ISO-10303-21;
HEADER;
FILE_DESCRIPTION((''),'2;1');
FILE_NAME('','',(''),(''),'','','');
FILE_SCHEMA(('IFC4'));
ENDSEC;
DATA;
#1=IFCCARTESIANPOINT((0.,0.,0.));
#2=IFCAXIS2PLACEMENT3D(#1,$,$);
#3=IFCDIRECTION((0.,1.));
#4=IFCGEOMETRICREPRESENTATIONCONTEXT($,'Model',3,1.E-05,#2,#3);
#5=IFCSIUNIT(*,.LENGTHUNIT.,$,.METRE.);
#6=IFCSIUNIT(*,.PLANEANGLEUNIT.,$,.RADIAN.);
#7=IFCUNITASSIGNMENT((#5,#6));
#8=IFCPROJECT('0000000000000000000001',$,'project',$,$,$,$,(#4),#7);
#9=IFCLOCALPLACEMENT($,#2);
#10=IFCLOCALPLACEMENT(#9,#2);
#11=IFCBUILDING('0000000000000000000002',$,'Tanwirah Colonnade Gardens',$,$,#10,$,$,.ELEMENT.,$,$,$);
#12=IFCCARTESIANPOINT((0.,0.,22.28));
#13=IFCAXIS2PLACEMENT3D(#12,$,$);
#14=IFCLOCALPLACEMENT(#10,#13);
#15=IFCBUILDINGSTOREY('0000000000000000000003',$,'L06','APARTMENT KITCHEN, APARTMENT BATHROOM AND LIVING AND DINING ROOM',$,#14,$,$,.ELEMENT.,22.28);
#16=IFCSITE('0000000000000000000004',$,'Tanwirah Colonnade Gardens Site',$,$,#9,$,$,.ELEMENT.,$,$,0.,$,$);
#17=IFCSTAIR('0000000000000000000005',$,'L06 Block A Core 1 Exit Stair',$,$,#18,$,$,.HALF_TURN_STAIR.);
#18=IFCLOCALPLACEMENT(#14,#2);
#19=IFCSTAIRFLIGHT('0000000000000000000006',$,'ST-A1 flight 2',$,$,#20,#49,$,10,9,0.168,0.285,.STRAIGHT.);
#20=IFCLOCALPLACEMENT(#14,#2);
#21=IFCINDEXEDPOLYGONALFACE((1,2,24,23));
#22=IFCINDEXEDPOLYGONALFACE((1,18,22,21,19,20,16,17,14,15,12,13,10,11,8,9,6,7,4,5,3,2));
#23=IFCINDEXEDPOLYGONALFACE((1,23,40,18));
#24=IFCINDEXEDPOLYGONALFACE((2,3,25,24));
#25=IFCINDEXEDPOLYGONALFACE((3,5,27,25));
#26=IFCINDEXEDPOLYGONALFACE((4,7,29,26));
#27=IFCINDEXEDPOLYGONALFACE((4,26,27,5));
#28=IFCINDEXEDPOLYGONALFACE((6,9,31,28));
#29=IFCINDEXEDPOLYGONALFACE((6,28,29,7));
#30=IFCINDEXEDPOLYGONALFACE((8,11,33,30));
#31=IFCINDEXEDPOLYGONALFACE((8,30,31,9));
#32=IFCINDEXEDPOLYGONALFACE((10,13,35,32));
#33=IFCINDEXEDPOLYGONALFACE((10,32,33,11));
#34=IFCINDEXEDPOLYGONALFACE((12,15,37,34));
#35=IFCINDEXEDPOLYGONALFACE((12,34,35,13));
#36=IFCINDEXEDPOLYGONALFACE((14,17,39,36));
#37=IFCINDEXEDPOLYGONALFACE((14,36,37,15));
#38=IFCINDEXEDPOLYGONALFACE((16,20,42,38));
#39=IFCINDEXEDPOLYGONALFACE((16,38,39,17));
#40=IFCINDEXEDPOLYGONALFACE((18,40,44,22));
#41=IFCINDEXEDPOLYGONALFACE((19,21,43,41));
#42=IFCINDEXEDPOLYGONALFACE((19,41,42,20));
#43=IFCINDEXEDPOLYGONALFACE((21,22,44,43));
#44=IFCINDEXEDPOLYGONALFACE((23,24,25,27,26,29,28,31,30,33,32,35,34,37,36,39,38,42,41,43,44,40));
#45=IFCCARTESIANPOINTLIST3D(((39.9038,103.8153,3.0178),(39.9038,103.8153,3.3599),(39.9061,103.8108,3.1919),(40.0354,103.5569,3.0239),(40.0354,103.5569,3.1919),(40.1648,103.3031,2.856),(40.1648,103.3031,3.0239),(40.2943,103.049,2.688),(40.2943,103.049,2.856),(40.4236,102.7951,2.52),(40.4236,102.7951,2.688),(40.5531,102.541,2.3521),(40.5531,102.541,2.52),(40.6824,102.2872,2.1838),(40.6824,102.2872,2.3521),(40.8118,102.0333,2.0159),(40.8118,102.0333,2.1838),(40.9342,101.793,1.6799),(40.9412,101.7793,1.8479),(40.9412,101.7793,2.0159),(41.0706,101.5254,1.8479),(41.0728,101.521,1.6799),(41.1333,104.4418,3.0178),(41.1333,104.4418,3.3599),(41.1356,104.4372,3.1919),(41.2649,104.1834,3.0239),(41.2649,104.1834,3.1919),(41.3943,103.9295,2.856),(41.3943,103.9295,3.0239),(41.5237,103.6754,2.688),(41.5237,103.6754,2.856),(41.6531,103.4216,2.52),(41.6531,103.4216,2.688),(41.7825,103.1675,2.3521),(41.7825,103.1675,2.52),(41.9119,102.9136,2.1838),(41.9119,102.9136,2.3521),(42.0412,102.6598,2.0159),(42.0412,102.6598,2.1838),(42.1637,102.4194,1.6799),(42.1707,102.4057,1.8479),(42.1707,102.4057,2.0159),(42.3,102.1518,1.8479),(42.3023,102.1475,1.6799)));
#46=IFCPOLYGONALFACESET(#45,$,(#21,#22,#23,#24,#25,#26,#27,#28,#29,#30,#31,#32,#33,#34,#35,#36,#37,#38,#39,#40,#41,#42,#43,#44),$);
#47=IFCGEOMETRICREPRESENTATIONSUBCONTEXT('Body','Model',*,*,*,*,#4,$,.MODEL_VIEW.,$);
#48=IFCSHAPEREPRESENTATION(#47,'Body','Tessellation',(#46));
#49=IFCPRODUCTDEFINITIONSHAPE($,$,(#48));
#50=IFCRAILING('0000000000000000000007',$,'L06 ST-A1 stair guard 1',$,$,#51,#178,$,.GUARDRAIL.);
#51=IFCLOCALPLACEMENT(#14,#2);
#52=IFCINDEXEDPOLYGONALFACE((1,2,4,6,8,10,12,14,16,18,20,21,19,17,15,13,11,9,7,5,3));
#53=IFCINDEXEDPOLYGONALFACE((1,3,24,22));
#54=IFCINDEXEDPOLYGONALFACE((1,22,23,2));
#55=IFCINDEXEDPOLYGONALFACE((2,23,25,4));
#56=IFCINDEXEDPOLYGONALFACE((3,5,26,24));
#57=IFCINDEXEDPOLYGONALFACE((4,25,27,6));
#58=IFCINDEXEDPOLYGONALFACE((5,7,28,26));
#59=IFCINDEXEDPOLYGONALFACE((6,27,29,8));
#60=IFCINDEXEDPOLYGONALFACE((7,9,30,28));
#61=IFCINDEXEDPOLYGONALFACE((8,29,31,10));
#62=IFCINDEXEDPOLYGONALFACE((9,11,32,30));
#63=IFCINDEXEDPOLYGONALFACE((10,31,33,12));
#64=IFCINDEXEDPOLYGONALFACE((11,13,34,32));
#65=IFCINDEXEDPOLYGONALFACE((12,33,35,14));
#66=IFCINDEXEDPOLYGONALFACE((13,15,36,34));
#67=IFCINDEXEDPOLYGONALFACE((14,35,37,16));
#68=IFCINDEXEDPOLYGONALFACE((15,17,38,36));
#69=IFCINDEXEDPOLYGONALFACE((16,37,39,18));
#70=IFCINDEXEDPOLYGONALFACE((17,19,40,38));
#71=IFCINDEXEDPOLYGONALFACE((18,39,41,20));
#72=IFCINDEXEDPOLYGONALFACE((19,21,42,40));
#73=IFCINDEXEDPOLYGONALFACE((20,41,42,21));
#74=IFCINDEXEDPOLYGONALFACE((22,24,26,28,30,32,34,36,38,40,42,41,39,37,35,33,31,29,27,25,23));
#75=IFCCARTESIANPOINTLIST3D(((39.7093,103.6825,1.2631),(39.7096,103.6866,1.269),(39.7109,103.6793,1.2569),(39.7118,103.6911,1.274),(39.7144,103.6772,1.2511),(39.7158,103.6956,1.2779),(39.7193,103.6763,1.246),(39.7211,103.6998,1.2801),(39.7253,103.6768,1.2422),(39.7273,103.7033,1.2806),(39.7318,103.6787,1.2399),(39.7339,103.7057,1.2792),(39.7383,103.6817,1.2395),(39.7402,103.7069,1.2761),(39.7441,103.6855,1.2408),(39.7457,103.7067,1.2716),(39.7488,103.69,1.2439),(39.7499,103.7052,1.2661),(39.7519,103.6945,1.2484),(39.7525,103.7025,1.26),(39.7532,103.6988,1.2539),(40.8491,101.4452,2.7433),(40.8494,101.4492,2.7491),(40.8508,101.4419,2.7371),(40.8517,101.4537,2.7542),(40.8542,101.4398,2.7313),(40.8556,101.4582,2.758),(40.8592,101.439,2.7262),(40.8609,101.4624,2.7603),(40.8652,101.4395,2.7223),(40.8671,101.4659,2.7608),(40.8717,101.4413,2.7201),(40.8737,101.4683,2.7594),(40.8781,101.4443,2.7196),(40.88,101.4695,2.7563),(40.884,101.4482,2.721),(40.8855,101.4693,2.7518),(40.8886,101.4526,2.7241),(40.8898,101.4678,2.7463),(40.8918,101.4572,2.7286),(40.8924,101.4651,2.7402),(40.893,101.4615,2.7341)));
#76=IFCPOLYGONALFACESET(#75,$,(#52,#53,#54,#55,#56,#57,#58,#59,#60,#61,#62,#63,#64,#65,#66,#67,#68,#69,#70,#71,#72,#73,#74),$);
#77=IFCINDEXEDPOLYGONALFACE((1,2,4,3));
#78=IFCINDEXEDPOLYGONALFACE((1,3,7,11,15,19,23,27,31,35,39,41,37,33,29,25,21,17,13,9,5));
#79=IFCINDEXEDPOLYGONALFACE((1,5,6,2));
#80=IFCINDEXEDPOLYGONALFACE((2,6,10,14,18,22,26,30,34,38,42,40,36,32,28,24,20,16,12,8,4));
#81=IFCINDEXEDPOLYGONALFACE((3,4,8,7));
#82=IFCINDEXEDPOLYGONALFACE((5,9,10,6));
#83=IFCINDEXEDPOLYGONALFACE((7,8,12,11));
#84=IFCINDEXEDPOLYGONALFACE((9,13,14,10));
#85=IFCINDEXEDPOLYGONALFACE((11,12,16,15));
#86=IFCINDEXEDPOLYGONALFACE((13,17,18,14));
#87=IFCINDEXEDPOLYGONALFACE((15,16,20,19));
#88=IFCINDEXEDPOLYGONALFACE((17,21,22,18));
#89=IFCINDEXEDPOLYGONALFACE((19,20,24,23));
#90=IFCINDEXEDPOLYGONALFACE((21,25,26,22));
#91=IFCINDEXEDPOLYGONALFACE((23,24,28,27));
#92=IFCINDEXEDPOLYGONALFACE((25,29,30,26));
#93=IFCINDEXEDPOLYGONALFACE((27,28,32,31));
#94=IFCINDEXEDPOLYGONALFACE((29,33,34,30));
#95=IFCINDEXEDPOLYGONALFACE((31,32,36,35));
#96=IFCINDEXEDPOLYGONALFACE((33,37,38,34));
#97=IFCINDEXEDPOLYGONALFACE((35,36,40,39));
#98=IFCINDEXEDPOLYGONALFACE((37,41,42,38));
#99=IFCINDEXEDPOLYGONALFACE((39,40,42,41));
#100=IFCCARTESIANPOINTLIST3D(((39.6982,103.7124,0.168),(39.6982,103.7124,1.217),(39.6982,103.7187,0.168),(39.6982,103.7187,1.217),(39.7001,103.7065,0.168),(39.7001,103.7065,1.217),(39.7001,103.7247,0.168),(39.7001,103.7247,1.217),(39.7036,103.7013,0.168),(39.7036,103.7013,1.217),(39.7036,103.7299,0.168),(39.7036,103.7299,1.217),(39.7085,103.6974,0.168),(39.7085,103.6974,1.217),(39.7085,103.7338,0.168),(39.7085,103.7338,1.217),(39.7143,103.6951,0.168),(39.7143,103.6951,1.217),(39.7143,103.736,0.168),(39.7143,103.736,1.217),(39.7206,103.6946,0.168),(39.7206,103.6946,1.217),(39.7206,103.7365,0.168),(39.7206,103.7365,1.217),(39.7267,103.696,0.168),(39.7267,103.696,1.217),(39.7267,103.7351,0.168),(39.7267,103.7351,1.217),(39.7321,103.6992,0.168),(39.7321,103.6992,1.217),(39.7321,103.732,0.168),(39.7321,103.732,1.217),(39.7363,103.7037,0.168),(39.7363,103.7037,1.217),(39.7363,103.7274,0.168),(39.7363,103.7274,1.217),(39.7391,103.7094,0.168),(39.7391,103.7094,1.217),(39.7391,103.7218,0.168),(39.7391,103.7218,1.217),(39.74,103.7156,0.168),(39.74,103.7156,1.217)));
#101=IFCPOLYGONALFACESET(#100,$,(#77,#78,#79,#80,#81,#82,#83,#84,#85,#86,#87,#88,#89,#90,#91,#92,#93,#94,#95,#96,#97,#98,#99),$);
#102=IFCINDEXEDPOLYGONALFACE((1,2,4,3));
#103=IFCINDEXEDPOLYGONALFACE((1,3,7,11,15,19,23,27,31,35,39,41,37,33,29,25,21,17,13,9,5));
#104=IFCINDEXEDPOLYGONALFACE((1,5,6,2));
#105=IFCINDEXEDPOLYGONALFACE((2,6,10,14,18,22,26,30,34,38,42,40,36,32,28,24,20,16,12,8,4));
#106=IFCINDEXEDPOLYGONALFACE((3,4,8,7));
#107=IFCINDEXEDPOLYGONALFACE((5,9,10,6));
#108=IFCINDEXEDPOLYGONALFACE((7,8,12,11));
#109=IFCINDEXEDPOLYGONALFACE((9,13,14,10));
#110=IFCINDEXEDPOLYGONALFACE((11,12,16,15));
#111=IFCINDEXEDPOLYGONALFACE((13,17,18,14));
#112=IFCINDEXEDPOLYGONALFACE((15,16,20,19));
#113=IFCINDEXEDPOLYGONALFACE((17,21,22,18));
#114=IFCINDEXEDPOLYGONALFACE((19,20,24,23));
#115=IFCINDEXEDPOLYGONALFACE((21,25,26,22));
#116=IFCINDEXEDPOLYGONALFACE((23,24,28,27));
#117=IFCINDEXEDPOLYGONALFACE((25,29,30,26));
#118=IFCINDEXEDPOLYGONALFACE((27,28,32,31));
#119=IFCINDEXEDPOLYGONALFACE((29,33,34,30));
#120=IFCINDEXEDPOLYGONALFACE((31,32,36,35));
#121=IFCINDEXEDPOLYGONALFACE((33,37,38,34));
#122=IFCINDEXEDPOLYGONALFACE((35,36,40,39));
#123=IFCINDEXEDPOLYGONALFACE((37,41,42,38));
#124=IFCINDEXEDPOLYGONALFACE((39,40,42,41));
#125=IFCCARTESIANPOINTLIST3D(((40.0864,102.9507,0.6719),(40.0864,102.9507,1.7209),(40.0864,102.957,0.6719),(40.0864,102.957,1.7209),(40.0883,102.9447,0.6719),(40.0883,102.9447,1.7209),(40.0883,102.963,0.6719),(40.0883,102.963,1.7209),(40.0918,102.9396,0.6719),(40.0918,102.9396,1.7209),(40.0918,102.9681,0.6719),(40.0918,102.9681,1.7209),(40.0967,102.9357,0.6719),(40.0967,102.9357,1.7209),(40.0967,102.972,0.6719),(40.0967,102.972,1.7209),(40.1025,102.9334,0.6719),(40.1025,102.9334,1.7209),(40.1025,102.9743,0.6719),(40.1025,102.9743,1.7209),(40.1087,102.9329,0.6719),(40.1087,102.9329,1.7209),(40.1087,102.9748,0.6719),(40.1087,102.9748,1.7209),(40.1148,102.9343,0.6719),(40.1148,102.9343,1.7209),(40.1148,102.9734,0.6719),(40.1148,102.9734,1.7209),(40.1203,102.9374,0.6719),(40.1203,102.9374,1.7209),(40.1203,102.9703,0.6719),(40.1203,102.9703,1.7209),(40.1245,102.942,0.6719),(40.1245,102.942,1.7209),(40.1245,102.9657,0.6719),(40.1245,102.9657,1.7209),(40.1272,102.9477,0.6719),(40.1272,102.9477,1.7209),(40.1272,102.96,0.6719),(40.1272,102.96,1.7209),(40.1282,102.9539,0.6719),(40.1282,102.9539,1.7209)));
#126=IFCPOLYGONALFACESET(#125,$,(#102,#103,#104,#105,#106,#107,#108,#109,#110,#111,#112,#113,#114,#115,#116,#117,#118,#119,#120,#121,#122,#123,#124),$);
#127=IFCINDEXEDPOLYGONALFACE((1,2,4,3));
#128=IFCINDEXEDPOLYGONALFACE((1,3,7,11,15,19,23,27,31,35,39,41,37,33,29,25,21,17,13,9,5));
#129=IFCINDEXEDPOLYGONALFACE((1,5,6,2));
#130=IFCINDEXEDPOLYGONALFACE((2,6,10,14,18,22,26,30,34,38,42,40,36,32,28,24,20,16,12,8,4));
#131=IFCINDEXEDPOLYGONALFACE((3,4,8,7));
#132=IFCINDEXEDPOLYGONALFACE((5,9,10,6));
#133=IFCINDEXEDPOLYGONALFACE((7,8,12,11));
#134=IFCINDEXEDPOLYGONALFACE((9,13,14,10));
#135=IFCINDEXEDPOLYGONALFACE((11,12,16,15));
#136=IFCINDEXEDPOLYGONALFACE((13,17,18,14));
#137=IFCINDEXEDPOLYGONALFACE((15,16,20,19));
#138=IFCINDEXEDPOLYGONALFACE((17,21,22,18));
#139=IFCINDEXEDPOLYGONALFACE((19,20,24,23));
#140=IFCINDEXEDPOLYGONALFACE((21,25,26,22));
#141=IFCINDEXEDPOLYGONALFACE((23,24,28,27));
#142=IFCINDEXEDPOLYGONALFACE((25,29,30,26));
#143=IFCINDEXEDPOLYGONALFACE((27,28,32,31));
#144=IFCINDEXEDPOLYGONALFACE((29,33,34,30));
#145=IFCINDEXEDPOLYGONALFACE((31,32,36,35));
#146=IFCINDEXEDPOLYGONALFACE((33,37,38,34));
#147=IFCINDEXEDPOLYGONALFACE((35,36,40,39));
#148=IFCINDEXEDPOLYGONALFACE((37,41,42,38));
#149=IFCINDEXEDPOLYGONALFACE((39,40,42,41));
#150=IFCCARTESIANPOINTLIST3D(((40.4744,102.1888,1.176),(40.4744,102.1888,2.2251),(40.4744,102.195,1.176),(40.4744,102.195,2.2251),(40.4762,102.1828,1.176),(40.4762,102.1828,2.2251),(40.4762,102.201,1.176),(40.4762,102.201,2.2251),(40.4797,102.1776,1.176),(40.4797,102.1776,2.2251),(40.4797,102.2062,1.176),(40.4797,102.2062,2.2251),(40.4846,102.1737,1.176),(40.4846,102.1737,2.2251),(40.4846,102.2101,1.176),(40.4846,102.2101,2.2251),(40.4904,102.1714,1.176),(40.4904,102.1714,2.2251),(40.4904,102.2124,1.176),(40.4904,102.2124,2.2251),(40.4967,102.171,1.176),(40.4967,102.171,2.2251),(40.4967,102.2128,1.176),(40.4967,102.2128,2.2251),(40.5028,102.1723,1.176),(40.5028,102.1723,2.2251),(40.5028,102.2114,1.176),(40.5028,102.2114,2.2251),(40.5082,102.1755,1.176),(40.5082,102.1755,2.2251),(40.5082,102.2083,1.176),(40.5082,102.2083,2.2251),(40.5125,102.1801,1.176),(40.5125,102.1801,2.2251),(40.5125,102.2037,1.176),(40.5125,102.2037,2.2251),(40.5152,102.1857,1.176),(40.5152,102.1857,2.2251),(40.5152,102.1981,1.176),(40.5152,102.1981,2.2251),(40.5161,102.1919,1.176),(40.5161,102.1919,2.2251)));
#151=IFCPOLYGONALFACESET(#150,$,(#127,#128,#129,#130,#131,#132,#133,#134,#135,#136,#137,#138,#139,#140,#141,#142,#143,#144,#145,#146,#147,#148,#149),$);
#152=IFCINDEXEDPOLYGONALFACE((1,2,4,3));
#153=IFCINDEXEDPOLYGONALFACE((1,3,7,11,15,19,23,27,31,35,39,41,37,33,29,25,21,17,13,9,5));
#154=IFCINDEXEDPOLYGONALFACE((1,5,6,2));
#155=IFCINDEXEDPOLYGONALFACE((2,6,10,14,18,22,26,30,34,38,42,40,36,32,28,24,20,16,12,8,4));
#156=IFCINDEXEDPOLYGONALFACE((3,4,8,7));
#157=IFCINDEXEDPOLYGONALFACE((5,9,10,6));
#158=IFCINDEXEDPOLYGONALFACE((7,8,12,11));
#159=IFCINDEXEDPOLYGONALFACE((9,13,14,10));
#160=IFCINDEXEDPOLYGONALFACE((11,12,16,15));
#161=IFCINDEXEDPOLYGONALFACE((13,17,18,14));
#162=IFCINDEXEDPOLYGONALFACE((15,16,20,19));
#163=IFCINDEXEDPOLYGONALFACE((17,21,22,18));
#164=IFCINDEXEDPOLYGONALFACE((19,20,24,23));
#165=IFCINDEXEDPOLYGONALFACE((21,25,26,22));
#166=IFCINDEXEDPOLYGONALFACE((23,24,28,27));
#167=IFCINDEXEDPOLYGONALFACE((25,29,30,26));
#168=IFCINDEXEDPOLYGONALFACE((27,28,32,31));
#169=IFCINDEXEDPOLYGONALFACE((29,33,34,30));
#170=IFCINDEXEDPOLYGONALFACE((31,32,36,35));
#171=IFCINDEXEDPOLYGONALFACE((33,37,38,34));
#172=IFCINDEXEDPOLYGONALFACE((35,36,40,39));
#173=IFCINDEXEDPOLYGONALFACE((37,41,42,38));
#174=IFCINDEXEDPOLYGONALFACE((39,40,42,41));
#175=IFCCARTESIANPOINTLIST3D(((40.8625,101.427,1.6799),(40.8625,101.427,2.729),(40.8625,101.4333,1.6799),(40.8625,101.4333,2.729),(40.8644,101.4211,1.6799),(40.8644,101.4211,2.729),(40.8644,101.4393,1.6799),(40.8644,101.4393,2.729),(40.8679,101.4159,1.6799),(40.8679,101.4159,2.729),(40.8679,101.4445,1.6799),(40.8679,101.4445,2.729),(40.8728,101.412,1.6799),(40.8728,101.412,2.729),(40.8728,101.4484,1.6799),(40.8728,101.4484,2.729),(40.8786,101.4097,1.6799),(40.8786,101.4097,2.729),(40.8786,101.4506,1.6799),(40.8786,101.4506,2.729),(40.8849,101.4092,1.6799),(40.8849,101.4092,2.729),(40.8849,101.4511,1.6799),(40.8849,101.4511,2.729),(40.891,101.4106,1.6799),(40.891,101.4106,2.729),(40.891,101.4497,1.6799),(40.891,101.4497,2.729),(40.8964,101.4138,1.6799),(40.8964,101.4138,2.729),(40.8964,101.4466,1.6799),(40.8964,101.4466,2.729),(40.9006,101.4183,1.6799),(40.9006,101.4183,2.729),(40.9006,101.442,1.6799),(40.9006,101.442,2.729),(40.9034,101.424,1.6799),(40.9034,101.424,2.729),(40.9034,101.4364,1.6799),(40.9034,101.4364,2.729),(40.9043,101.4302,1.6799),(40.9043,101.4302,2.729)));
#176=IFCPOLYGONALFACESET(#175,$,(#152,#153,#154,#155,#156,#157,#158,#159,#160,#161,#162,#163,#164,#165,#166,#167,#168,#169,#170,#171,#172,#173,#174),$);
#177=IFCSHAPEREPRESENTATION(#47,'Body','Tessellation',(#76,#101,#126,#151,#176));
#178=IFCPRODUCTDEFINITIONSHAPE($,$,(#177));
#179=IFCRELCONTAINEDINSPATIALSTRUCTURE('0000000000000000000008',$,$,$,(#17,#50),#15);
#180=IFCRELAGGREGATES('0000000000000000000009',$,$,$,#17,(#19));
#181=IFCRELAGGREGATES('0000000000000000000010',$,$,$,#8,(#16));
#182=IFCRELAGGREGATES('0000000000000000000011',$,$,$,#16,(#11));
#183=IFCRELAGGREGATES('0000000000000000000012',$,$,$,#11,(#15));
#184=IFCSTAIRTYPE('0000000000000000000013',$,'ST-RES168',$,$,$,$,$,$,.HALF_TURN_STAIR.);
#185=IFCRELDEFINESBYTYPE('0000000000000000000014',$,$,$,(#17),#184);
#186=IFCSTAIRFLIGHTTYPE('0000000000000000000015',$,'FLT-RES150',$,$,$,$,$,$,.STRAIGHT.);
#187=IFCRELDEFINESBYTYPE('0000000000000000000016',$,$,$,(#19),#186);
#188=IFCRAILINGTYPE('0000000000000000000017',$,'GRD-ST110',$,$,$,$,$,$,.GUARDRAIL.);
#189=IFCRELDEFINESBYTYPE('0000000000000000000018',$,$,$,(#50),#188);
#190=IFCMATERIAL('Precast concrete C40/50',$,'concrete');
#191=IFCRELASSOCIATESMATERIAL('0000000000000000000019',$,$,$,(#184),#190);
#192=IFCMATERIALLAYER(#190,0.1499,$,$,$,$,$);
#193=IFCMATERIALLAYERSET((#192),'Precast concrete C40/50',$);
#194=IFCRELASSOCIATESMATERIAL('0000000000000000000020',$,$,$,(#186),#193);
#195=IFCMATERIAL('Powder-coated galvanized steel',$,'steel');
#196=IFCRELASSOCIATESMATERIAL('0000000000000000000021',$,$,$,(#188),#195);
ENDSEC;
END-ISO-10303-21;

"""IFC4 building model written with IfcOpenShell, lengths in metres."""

from ifc_helpers import new_model, si_unit, direction, frame, origin, origin_2d, place, context, subcontext, project, spatial, polyline, circle, outline, extrude, material, layer, layer_set, type_object, element, aggregate, save


model = new_model("IFC4")

# Units and contexts
model_context = context("Model", 3, precision=1e-05, world=origin(), true_north=direction((0.0, 1.0)))
body_context = subcontext(model_context, "Body", "Model", "MODEL_VIEW")
ifc_project = project(units=[si_unit("LENGTHUNIT", "METRE"), si_unit("PLANEANGLEUNIT", "RADIAN")], contexts=[model_context])

# Site, building, storey
site_placement = place(None, origin())
site = spatial("IfcSite", under=ifc_project, at=site_placement, Name="Tanwirah Colonnade Gardens Site", CompositionType="ELEMENT", RefElevation=0.0)
building_placement = place(site_placement, origin())
building = spatial("IfcBuilding", under=site, at=building_placement, Name="Tanwirah Colonnade Gardens", CompositionType="ELEMENT")
storey_placement = place(building_placement, frame((0.0, 0.0, 22.28)))
storey = spatial("IfcBuildingStorey", under=building, at=storey_placement, Name="L06", Description="APARTMENT KITCHEN, APARTMENT BATHROOM AND LIVING AND DINING ROOM", CompositionType="ELEMENT", Elevation=22.28)

# Shared definitions
ifc_material_1 = material(Name="Precast concrete C40/50", Category="concrete")

# Stair, stair flight
stair_type = type_object("IfcStairType", Name="ST-RES168", PredefinedType="HALF_TURN_STAIR", material=ifc_material_1)
stair_placement = place(storey_placement, origin())
stair = element("IfcStair", 1, at=stair_placement, inside=storey, type_object=stair_type, Name="L06 Block A Core 1 Exit Stair", PredefinedType="HALF_TURN_STAIR")
ifc_layer_1 = layer(ifc_material_1, 0.1499)
ifc_layer_set_1 = layer_set([ifc_layer_1], Name="Precast concrete C40/50")
stair_flight_type = type_object("IfcStairFlightType", Name="FLT-RES150", PredefinedType="STRAIGHT", material=ifc_layer_set_1)
stair_flight_placement = place(storey_placement, frame((41.6853, 101.8386, 1.6799), z_axis=(0.0, 0.0, 1.0), x_axis=(-0.45399, 0.891007, 0.0)))
stair_flight = element("IfcStairFlight", 2, at=stair_flight_placement, type_object=stair_flight_type, Name="ST-A1 flight 2", NumberOfRisers=10, NumberOfTreads=9, PredefinedType="STRAIGHT", RiserHeight=0.168, TreadLength=0.285, context=body_context, shape_type="SweptSolid", body=[
    extrude(outline(polyline([(-0.0049, 0.0), (0.0, 0.168), (0.2849, 0.168), (0.2849, 0.3359), (0.5701, 0.3359), (0.5701, 0.5039), (0.855, 0.5039), (0.855, 0.6721), (1.1399, 0.6721), (1.1399, 0.8401), (1.425, 0.8401), (1.425, 1.0081), (1.71, 1.0081), (1.71, 1.176), (1.9951, 1.176), (1.9951, 1.344), (2.28, 1.344), (2.28, 1.512), (2.5649, 1.512), (2.5701, 1.6799), (2.5701, 1.3379), (0.3003, 0.0), (-0.0049, 0.0)])), frame((0.0, 0.6899, 0.0), z_axis=(0.0, -1.0, 0.0), x_axis=(1.0, 0.0, 0.0)), (0.0, 0.0, 1.0), 1.3799),
])
aggregate(stair, [stair_flight])

# Railing
ifc_material_2 = material(Name="Powder-coated galvanized steel", Category="steel")
railing_type_1 = type_object("IfcRailingType", Name="GRD-ST110", PredefinedType="GUARDRAIL", material=ifc_material_2)
railing_1_placement = place(storey_placement, frame((39.719, 103.7156, 0.168)))
element("IfcRailing", 3, at=railing_1_placement, inside=storey, type_object=railing_type_1, Name="L06 ST-A1 stair guard 1", PredefinedType="GUARDRAIL", context=body_context, shape_type="SweptSolid", body=[
    extrude(circle(Radius=0.0239, at=origin_2d()), frame((0.0122, -0.0239, 1.092), z_axis=(0.391053, -0.767592, 0.507819), x_axis=(0.891032, 0.45394, 0.0)), (0.0, 0.0, 1.0), 2.9148),
    extrude(circle(Radius=0.021, at=origin_2d()), origin(), (0.0, 0.0, 1.0), 1.0491),
    extrude(circle(Radius=0.021, at=origin_2d()), frame((0.3882, -0.7617, 0.5039)), (0.0, 0.0, 1.0), 1.0491),
    extrude(circle(Radius=0.021, at=origin_2d()), frame((0.7761, -1.5237, 1.0081)), (0.0, 0.0, 1.0), 1.0491),
    extrude(circle(Radius=0.021, at=origin_2d()), frame((1.1643, -2.2854, 1.512)), (0.0, 0.0, 1.0), 1.0491),
])

save(model, "model.ifc")
